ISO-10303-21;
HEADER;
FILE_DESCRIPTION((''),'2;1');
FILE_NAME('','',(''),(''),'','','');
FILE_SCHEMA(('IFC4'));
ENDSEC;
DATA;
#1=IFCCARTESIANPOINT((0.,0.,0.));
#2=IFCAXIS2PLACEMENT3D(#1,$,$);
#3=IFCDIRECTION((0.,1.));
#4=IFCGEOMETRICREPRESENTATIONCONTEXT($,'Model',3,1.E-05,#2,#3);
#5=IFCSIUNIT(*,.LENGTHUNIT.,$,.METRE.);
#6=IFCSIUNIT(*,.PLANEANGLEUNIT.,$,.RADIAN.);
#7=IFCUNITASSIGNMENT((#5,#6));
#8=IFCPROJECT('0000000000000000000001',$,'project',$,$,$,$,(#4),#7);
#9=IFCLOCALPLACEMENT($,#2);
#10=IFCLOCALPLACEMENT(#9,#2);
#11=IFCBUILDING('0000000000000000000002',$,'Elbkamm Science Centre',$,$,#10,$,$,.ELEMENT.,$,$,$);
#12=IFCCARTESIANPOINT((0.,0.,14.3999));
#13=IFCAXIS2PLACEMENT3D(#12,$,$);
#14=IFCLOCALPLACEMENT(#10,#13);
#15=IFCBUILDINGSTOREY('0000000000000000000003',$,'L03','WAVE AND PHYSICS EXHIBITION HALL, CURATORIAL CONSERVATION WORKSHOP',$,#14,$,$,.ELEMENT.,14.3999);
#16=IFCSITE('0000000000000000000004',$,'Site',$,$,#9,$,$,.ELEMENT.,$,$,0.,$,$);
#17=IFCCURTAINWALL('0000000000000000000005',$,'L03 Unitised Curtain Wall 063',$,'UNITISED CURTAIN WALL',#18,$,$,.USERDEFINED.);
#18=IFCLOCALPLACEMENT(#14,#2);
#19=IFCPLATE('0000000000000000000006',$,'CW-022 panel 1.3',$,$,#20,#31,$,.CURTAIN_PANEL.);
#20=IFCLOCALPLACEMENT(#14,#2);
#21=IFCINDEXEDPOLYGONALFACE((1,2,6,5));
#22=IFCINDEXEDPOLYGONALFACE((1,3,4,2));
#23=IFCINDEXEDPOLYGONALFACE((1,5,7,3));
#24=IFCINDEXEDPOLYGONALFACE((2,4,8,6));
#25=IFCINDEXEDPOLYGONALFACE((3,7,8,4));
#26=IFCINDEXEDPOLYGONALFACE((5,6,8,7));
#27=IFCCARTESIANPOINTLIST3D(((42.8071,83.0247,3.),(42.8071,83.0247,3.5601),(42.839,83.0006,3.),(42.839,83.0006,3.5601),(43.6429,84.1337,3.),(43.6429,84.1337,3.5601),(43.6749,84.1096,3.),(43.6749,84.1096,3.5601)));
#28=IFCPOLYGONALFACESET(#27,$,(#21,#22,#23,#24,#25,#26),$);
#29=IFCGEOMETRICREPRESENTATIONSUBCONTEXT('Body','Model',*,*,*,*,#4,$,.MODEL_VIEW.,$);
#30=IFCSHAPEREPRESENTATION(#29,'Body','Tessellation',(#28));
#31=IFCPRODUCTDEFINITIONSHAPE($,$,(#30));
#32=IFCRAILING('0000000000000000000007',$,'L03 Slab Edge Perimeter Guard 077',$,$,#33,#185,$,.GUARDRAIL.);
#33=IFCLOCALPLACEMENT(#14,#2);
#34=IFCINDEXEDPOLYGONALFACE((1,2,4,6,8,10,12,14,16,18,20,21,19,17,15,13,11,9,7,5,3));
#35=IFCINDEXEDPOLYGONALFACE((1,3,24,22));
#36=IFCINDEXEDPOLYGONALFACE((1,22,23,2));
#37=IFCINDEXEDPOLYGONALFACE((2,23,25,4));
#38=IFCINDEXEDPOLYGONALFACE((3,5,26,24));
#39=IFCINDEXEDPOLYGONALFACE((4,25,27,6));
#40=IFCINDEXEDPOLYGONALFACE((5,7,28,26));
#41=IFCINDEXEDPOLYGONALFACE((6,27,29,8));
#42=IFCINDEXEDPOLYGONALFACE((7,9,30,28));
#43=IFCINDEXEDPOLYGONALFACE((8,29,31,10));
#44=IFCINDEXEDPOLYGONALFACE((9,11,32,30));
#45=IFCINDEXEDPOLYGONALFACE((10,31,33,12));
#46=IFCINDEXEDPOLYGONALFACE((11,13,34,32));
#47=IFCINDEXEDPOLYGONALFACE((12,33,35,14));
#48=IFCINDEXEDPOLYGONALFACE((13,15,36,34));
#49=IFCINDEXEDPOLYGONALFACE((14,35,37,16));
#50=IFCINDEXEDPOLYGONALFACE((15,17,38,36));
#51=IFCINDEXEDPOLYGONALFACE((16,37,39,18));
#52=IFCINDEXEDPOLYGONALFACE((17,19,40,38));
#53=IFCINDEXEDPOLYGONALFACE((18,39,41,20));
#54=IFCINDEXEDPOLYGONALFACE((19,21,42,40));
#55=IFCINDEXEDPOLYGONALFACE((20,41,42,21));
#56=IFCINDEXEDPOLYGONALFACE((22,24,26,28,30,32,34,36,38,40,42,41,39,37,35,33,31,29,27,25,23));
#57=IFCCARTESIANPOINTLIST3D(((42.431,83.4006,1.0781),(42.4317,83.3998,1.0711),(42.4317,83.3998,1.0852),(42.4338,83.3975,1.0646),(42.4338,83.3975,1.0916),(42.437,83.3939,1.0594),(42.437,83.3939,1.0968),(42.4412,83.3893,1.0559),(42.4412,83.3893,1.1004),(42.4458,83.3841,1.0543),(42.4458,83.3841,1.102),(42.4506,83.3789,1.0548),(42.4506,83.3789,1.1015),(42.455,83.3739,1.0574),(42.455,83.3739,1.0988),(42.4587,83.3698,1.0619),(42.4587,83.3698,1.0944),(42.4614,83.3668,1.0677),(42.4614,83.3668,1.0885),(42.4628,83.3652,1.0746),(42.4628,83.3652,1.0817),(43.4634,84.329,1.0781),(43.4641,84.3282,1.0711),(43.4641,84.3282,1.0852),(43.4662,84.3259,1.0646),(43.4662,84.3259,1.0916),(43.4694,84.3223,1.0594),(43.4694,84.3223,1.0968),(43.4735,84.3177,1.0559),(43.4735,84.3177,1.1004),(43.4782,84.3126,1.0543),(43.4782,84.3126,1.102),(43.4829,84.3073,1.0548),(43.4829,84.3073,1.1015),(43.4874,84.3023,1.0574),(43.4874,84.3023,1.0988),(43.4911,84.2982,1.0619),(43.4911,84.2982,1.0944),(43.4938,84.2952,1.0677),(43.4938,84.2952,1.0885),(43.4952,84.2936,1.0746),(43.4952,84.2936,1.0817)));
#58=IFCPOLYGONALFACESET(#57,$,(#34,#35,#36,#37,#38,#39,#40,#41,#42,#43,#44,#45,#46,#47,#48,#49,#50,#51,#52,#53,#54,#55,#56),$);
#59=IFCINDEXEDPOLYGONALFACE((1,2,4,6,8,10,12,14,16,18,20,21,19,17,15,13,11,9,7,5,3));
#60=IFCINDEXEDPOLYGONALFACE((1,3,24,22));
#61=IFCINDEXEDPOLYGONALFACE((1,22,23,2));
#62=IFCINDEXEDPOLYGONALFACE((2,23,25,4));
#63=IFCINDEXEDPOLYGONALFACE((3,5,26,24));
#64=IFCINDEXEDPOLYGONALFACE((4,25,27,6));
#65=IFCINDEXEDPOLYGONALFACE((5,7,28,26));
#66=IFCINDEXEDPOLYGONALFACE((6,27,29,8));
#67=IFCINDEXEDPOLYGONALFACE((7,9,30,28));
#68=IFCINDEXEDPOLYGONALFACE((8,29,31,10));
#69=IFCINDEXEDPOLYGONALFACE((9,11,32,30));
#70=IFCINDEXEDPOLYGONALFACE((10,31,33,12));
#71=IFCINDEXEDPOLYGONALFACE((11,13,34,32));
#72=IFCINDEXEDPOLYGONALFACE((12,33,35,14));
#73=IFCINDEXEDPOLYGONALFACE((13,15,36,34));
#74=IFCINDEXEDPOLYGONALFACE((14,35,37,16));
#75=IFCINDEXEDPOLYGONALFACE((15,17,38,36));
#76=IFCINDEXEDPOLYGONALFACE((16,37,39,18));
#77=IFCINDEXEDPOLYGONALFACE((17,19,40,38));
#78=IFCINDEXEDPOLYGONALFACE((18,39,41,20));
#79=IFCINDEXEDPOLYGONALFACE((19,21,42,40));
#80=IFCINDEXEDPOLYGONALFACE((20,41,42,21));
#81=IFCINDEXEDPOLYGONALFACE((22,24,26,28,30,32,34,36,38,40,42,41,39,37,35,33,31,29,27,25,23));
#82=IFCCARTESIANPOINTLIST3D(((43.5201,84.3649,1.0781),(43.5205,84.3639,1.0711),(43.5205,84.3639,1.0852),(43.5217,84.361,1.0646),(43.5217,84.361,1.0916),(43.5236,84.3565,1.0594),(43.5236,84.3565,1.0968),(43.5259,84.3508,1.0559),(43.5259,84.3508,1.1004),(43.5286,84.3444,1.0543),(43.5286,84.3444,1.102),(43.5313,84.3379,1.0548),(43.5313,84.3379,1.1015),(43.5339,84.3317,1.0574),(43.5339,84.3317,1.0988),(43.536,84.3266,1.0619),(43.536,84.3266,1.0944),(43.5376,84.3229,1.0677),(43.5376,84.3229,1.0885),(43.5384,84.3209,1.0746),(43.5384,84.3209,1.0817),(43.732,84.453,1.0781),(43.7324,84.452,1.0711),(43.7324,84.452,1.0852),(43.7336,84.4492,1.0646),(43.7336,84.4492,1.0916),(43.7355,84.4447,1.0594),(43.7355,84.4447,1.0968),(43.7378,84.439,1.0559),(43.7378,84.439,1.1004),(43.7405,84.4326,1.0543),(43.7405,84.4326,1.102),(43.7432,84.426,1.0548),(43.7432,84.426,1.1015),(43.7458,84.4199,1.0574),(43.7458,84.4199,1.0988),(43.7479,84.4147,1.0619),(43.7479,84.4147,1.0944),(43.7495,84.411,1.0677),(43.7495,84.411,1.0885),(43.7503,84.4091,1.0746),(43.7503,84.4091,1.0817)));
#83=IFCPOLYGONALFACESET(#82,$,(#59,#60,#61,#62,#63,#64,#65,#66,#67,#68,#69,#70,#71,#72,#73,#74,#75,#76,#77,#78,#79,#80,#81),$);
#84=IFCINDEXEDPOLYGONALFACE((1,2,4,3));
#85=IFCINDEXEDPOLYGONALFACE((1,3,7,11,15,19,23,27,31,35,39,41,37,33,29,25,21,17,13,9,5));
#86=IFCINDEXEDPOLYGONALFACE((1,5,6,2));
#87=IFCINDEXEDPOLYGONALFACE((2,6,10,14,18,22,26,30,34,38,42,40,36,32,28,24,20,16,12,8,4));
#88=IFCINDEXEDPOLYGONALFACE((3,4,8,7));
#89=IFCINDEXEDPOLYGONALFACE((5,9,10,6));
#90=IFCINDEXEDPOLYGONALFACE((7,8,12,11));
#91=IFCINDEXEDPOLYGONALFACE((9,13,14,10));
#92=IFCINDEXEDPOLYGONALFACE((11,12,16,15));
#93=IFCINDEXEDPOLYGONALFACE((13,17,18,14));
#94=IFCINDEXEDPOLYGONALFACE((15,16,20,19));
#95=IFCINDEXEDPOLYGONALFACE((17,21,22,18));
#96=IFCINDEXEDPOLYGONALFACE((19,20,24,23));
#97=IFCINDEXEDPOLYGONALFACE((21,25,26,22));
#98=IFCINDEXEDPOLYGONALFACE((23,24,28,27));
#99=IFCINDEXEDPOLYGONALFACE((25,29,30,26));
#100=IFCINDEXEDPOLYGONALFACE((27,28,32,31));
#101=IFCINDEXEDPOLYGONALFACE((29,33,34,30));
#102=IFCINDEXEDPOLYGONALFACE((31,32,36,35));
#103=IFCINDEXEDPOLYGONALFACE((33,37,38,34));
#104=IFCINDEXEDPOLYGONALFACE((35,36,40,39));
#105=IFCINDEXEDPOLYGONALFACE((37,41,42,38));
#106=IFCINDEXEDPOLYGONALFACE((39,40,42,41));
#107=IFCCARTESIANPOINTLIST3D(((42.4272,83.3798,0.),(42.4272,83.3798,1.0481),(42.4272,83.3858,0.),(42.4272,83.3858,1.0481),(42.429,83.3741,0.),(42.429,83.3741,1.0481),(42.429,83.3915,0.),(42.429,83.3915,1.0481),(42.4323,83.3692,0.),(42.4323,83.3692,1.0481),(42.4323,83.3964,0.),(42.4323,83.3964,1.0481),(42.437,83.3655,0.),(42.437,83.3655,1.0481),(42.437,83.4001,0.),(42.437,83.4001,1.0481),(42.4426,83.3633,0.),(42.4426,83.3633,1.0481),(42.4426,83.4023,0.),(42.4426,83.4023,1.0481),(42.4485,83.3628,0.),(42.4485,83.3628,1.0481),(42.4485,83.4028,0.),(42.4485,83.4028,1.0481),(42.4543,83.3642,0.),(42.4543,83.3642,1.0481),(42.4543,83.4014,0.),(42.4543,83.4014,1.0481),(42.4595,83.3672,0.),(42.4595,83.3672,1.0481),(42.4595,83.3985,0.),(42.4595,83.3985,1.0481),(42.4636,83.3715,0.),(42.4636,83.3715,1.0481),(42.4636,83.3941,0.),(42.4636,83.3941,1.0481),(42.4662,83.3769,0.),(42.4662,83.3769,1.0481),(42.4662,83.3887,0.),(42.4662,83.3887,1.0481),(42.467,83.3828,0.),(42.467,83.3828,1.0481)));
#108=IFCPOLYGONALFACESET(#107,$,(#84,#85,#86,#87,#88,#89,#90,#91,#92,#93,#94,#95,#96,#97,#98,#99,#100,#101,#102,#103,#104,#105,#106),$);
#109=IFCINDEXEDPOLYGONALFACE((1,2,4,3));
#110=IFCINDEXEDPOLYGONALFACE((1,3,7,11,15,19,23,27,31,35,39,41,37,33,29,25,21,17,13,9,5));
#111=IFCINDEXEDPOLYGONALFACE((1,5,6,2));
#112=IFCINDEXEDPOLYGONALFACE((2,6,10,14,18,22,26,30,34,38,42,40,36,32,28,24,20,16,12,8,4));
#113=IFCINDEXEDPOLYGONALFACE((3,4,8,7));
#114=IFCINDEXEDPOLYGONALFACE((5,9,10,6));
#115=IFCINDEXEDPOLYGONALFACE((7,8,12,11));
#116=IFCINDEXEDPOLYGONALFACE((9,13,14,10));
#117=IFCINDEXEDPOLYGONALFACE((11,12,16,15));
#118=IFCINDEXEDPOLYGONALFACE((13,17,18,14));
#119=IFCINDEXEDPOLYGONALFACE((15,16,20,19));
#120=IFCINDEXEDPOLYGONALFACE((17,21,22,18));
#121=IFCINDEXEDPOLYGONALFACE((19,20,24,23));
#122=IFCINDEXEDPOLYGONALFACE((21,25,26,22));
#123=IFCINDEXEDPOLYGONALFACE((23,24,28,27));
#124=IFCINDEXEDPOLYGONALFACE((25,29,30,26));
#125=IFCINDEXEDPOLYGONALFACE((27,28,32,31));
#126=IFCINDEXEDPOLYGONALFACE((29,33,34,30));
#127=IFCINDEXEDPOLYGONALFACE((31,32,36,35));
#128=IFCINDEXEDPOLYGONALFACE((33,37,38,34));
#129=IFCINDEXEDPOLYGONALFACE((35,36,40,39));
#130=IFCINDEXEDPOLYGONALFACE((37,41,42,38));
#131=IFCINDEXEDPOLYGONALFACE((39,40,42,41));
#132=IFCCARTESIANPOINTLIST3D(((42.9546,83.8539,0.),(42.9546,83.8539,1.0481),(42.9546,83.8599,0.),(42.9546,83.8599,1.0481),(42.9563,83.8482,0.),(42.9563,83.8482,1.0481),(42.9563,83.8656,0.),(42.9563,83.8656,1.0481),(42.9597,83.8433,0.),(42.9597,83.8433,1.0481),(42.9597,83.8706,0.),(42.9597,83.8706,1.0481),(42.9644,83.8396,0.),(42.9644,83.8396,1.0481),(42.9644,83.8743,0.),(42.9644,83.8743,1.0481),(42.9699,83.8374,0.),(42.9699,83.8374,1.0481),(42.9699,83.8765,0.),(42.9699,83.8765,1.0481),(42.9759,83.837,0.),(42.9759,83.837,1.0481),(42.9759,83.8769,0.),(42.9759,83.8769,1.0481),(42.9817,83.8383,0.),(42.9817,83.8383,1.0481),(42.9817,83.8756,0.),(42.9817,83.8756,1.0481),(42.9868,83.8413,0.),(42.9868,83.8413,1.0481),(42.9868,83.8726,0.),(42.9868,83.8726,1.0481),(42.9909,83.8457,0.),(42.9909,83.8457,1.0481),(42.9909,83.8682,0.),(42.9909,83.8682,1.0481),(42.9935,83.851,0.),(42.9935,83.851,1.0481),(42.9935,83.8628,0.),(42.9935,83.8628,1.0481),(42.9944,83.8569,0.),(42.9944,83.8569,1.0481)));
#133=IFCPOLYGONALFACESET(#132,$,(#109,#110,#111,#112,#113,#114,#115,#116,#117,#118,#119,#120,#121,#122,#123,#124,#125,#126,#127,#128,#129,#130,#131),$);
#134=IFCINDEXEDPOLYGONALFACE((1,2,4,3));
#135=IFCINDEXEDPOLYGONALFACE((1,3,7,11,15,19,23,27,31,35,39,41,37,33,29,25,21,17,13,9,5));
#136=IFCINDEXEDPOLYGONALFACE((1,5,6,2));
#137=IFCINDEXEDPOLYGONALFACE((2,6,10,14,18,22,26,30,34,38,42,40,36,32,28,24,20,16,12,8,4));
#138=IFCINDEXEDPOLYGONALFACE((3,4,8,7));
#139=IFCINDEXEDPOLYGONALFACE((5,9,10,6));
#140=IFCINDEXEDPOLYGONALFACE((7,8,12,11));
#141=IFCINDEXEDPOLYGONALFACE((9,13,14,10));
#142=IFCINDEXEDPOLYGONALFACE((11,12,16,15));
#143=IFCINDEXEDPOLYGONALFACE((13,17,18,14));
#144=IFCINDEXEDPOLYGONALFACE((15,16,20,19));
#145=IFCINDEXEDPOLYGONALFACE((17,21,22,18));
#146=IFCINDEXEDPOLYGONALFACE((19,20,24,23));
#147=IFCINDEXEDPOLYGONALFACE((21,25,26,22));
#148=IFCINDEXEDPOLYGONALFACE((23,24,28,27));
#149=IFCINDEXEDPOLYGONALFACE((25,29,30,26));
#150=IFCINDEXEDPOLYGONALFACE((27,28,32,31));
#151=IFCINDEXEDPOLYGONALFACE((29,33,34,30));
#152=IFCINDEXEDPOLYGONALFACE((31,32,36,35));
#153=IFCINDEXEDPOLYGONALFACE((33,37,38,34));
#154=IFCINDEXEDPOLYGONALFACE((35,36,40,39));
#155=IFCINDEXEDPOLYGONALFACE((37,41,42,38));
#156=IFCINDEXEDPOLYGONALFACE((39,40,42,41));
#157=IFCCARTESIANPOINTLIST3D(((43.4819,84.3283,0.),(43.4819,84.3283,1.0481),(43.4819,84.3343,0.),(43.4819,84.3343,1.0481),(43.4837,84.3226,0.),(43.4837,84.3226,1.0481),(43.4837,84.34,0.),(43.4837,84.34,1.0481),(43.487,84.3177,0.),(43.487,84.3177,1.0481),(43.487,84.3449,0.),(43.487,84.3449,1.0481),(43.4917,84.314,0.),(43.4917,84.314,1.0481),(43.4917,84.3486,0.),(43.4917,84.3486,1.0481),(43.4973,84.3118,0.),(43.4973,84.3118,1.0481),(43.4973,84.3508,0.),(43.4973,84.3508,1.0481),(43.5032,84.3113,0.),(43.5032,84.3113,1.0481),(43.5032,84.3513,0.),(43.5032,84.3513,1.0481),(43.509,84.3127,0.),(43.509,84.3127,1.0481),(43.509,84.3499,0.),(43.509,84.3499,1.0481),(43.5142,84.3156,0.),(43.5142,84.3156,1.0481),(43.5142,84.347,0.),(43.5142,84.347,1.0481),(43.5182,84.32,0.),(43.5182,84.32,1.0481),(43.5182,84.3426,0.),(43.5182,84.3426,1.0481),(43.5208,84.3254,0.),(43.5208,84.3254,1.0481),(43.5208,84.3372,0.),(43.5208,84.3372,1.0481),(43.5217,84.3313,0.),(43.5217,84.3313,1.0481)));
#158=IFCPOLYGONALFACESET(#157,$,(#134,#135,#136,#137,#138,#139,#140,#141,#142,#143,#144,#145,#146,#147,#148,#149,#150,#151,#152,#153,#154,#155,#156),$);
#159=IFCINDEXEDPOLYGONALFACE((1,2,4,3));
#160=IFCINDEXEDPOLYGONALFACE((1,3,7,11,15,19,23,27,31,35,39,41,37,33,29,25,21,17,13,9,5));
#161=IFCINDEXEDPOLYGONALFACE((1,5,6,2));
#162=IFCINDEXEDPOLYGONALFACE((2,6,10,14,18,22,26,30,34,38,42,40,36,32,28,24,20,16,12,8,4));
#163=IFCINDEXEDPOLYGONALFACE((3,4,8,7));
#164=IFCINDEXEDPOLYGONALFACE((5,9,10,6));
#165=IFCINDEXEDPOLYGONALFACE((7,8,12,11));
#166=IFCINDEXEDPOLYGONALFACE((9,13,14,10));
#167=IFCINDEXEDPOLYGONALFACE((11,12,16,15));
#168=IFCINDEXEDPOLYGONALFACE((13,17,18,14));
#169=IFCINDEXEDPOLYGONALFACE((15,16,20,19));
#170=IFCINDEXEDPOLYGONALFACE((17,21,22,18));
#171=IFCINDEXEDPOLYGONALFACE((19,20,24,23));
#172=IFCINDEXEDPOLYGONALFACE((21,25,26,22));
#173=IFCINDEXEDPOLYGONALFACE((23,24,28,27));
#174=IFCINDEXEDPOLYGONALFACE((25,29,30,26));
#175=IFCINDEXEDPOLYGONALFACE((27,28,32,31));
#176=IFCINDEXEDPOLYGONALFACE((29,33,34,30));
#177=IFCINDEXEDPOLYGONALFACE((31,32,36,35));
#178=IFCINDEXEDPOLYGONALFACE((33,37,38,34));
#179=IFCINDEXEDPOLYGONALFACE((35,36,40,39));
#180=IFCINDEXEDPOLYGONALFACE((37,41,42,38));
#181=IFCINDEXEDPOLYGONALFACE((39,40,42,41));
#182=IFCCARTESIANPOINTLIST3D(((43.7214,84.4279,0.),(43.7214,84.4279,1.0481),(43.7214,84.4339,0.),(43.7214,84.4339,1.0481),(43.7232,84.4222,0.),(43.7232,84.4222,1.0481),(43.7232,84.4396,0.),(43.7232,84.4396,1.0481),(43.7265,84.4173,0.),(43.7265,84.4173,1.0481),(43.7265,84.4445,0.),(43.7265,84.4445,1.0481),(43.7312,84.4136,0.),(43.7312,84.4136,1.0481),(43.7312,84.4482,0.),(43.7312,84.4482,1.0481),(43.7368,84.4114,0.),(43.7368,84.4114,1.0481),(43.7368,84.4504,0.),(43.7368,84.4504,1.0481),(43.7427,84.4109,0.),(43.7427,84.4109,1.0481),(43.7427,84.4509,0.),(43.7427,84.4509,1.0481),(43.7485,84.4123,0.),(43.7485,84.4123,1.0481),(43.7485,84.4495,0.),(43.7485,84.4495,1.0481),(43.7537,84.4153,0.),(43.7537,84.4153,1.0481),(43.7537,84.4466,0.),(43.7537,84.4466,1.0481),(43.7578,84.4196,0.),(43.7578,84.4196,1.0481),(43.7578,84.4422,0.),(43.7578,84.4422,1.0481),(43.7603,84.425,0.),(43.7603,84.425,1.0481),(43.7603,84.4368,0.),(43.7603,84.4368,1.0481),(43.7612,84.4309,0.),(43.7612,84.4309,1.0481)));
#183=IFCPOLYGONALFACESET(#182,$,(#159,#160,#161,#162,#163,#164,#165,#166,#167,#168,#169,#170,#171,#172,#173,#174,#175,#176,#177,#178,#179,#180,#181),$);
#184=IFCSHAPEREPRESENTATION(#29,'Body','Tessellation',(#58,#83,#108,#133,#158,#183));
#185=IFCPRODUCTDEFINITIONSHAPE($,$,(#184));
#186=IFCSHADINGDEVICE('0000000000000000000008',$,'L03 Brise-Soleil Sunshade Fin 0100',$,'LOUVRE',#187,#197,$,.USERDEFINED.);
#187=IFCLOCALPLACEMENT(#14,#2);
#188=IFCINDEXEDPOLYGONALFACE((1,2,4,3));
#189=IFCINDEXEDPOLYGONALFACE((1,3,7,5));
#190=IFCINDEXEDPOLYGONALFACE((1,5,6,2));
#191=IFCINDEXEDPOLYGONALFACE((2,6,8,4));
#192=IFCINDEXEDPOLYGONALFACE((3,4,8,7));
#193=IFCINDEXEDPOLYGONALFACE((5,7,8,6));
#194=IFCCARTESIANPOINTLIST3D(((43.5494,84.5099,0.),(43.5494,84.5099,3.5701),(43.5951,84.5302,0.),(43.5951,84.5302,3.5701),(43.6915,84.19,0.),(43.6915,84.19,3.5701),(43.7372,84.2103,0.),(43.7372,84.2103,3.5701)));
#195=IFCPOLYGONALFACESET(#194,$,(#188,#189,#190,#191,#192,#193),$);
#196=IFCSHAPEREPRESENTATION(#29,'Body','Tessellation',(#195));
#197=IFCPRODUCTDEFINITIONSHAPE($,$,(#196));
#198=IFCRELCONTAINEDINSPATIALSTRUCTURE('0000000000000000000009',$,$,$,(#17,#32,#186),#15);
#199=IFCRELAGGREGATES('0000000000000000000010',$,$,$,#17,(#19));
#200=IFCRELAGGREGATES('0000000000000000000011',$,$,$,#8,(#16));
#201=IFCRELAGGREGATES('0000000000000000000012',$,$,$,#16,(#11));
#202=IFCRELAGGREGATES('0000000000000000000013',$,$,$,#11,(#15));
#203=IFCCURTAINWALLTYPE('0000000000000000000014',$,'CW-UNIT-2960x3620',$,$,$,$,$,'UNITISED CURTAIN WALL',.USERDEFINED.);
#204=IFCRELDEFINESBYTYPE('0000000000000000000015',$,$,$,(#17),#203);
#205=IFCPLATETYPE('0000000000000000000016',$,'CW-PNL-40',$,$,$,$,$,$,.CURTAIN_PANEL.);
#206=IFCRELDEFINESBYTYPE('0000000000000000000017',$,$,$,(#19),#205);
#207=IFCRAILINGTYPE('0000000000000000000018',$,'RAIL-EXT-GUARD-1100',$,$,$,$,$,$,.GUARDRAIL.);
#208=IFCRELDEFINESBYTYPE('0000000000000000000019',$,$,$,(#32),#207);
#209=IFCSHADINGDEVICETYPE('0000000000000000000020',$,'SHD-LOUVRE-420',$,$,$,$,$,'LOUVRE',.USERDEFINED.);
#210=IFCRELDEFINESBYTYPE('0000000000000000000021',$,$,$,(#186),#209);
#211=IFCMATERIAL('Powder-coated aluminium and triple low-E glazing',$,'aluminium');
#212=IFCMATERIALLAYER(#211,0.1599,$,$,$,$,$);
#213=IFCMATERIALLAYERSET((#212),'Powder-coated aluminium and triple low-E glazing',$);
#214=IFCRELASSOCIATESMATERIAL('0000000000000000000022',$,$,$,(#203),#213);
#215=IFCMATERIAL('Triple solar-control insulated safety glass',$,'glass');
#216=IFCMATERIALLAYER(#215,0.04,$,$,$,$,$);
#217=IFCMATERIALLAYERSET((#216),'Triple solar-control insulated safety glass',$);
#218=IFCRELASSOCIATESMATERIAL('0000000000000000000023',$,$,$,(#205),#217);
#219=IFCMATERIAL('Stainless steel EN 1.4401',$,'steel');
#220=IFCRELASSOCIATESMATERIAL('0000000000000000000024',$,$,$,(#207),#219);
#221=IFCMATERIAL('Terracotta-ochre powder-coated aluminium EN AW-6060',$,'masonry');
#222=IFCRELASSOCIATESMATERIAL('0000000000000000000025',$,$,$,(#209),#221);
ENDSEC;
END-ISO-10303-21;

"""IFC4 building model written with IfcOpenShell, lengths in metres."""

from ifc_helpers import new_model, si_unit, direction, frame, origin, origin_2d, place, context, subcontext, project, spatial, rectangle, circle, extrude, material, layer, layer_set, type_object, element, aggregate, save


model = new_model("IFC4")

# Units and contexts
model_context = context("Model", 3, precision=1e-05, world=origin(), true_north=direction((0.0, 1.0)))
body_context = subcontext(model_context, "Body", "Model", "MODEL_VIEW")
ifc_project = project(units=[si_unit("LENGTHUNIT", "METRE"), si_unit("PLANEANGLEUNIT", "RADIAN")], contexts=[model_context])

# Site, building, storey
site_placement = place(None, origin())
site = spatial("IfcSite", under=ifc_project, at=site_placement, Name="Site", CompositionType="ELEMENT", RefElevation=0.0)
building_placement = place(site_placement, origin())
building = spatial("IfcBuilding", under=site, at=building_placement, Name="Elbkamm Science Centre", CompositionType="ELEMENT")
storey_placement = place(building_placement, frame((0.0, 0.0, 14.3999)))
storey = spatial("IfcBuildingStorey", under=building, at=storey_placement, Name="L03", Description="WAVE AND PHYSICS EXHIBITION HALL, CURATORIAL CONSERVATION WORKSHOP", CompositionType="ELEMENT", Elevation=14.3999)

# Shared definitions
ifc_material_1 = material(Name="Powder-coated aluminium and triple low-E glazing", Category="aluminium")

# Curtain wall
ifc_layer_1 = layer(ifc_material_1, 0.1599)
ifc_layer_set_1 = layer_set([ifc_layer_1], Name="Powder-coated aluminium and triple low-E glazing")
curtain_wall_type_1 = type_object("IfcCurtainWallType", Name="CW-UNIT-2960x3620", ElementType="UNITISED CURTAIN WALL", PredefinedType="USERDEFINED", material=ifc_layer_set_1)
curtain_wall_1_placement = place(storey_placement, origin())
curtain_wall_1 = element("IfcCurtainWall", 1, at=curtain_wall_1_placement, inside=storey, type_object=curtain_wall_type_1, Name="L03 Unitised Curtain Wall 063", ObjectType="UNITISED CURTAIN WALL", PredefinedType="USERDEFINED")

# Plate
ifc_material_2 = material(Name="Triple solar-control insulated safety glass", Category="glass")
ifc_layer_2 = layer(ifc_material_2, 0.04)
ifc_layer_set_2 = layer_set([ifc_layer_2], Name="Triple solar-control insulated safety glass")
plate_type = type_object("IfcPlateType", Name="CW-PNL-40", PredefinedType="CURTAIN_PANEL", material=ifc_layer_set_2)
plate_1_placement = place(storey_placement, frame((43.241, 83.5671, 3.0), z_axis=(0.0, 0.0, 1.0), x_axis=(-0.601881, -0.798586, 0.0)))
plate_1 = element("IfcPlate", 2, at=plate_1_placement, type_object=plate_type, Name="CW-022 panel 1.3", PredefinedType="CURTAIN_PANEL", context=body_context, shape_type="SweptSolid", body=[
    extrude(rectangle(XDim=1.3887, YDim=0.04, at=origin_2d()), origin(), (0.0, 0.0, 1.0), 0.5601),
])
aggregate(curtain_wall_1, [plate_1])

# Railing
ifc_material_3 = material(Name="Stainless steel EN 1.4401", Category="steel")
railing_type = type_object("IfcRailingType", Name="RAIL-EXT-GUARD-1100", PredefinedType="GUARDRAIL", material=ifc_material_3)
railing_placement = place(storey_placement, frame((42.447, 83.3828, 0.0)))
element("IfcRailing", 3, at=railing_placement, inside=storey, type_object=railing_type, Name="L03 Slab Edge Perimeter Guard 077", PredefinedType="GUARDRAIL", context=body_context, shape_type="SweptSolid", body=[
    extrude(circle(Radius=0.0239, at=origin_2d()), frame((0.0, 0.0, 1.0781), z_axis=(0.743551, 0.668679, 0.0), x_axis=(-0.668679, 0.743551, 0.0)), (0.0, 0.0, 1.0), 1.3884),
    extrude(circle(Radius=0.0239, at=origin_2d()), frame((1.0823, 0.96, 1.0781), z_axis=(0.923327, 0.384014, 0.0), x_axis=(-0.384014, 0.923327, 0.0)), (0.0, 0.0, 1.0), 0.2295),
    extrude(circle(Radius=0.02, at=origin_2d()), origin(), (0.0, 0.0, 1.0), 1.0481),
    extrude(circle(Radius=0.02, at=origin_2d()), frame((0.5273, 0.4741, 0.0)), (0.0, 0.0, 1.0), 1.0481),
    extrude(circle(Radius=0.02, at=origin_2d()), frame((1.0547, 0.9485, 0.0)), (0.0, 0.0, 1.0), 1.0481),
    extrude(circle(Radius=0.02, at=origin_2d()), frame((1.2942, 1.0481, 0.0)), (0.0, 0.0, 1.0), 1.0481),
])

# Shading device
ifc_material_4 = material(Name="Terracotta-ochre powder-coated aluminium EN AW-6060", Category="masonry")
shading_device_type = type_object("IfcShadingDeviceType", Name="SHD-LOUVRE-420", ElementType="LOUVRE", PredefinedType="USERDEFINED", material=ifc_material_4)
shading_device_placement = place(storey_placement, frame((43.6433, 84.3601, 0.0), z_axis=(0.0, 0.0, 1.0), x_axis=(-0.405944, 0.913898, 0.0)))
element("IfcShadingDevice", 4, at=shading_device_placement, inside=storey, type_object=shading_device_type, Name="L03 Brise-Soleil Sunshade Fin 0100", ObjectType="LOUVRE", PredefinedType="USERDEFINED", context=body_context, shape_type="SweptSolid", body=[
    extrude(rectangle(XDim=0.3501, YDim=0.05, at=origin_2d()), origin(), (0.0, 0.0, 1.0), 3.5701),
])

save(model, "model.ifc")
